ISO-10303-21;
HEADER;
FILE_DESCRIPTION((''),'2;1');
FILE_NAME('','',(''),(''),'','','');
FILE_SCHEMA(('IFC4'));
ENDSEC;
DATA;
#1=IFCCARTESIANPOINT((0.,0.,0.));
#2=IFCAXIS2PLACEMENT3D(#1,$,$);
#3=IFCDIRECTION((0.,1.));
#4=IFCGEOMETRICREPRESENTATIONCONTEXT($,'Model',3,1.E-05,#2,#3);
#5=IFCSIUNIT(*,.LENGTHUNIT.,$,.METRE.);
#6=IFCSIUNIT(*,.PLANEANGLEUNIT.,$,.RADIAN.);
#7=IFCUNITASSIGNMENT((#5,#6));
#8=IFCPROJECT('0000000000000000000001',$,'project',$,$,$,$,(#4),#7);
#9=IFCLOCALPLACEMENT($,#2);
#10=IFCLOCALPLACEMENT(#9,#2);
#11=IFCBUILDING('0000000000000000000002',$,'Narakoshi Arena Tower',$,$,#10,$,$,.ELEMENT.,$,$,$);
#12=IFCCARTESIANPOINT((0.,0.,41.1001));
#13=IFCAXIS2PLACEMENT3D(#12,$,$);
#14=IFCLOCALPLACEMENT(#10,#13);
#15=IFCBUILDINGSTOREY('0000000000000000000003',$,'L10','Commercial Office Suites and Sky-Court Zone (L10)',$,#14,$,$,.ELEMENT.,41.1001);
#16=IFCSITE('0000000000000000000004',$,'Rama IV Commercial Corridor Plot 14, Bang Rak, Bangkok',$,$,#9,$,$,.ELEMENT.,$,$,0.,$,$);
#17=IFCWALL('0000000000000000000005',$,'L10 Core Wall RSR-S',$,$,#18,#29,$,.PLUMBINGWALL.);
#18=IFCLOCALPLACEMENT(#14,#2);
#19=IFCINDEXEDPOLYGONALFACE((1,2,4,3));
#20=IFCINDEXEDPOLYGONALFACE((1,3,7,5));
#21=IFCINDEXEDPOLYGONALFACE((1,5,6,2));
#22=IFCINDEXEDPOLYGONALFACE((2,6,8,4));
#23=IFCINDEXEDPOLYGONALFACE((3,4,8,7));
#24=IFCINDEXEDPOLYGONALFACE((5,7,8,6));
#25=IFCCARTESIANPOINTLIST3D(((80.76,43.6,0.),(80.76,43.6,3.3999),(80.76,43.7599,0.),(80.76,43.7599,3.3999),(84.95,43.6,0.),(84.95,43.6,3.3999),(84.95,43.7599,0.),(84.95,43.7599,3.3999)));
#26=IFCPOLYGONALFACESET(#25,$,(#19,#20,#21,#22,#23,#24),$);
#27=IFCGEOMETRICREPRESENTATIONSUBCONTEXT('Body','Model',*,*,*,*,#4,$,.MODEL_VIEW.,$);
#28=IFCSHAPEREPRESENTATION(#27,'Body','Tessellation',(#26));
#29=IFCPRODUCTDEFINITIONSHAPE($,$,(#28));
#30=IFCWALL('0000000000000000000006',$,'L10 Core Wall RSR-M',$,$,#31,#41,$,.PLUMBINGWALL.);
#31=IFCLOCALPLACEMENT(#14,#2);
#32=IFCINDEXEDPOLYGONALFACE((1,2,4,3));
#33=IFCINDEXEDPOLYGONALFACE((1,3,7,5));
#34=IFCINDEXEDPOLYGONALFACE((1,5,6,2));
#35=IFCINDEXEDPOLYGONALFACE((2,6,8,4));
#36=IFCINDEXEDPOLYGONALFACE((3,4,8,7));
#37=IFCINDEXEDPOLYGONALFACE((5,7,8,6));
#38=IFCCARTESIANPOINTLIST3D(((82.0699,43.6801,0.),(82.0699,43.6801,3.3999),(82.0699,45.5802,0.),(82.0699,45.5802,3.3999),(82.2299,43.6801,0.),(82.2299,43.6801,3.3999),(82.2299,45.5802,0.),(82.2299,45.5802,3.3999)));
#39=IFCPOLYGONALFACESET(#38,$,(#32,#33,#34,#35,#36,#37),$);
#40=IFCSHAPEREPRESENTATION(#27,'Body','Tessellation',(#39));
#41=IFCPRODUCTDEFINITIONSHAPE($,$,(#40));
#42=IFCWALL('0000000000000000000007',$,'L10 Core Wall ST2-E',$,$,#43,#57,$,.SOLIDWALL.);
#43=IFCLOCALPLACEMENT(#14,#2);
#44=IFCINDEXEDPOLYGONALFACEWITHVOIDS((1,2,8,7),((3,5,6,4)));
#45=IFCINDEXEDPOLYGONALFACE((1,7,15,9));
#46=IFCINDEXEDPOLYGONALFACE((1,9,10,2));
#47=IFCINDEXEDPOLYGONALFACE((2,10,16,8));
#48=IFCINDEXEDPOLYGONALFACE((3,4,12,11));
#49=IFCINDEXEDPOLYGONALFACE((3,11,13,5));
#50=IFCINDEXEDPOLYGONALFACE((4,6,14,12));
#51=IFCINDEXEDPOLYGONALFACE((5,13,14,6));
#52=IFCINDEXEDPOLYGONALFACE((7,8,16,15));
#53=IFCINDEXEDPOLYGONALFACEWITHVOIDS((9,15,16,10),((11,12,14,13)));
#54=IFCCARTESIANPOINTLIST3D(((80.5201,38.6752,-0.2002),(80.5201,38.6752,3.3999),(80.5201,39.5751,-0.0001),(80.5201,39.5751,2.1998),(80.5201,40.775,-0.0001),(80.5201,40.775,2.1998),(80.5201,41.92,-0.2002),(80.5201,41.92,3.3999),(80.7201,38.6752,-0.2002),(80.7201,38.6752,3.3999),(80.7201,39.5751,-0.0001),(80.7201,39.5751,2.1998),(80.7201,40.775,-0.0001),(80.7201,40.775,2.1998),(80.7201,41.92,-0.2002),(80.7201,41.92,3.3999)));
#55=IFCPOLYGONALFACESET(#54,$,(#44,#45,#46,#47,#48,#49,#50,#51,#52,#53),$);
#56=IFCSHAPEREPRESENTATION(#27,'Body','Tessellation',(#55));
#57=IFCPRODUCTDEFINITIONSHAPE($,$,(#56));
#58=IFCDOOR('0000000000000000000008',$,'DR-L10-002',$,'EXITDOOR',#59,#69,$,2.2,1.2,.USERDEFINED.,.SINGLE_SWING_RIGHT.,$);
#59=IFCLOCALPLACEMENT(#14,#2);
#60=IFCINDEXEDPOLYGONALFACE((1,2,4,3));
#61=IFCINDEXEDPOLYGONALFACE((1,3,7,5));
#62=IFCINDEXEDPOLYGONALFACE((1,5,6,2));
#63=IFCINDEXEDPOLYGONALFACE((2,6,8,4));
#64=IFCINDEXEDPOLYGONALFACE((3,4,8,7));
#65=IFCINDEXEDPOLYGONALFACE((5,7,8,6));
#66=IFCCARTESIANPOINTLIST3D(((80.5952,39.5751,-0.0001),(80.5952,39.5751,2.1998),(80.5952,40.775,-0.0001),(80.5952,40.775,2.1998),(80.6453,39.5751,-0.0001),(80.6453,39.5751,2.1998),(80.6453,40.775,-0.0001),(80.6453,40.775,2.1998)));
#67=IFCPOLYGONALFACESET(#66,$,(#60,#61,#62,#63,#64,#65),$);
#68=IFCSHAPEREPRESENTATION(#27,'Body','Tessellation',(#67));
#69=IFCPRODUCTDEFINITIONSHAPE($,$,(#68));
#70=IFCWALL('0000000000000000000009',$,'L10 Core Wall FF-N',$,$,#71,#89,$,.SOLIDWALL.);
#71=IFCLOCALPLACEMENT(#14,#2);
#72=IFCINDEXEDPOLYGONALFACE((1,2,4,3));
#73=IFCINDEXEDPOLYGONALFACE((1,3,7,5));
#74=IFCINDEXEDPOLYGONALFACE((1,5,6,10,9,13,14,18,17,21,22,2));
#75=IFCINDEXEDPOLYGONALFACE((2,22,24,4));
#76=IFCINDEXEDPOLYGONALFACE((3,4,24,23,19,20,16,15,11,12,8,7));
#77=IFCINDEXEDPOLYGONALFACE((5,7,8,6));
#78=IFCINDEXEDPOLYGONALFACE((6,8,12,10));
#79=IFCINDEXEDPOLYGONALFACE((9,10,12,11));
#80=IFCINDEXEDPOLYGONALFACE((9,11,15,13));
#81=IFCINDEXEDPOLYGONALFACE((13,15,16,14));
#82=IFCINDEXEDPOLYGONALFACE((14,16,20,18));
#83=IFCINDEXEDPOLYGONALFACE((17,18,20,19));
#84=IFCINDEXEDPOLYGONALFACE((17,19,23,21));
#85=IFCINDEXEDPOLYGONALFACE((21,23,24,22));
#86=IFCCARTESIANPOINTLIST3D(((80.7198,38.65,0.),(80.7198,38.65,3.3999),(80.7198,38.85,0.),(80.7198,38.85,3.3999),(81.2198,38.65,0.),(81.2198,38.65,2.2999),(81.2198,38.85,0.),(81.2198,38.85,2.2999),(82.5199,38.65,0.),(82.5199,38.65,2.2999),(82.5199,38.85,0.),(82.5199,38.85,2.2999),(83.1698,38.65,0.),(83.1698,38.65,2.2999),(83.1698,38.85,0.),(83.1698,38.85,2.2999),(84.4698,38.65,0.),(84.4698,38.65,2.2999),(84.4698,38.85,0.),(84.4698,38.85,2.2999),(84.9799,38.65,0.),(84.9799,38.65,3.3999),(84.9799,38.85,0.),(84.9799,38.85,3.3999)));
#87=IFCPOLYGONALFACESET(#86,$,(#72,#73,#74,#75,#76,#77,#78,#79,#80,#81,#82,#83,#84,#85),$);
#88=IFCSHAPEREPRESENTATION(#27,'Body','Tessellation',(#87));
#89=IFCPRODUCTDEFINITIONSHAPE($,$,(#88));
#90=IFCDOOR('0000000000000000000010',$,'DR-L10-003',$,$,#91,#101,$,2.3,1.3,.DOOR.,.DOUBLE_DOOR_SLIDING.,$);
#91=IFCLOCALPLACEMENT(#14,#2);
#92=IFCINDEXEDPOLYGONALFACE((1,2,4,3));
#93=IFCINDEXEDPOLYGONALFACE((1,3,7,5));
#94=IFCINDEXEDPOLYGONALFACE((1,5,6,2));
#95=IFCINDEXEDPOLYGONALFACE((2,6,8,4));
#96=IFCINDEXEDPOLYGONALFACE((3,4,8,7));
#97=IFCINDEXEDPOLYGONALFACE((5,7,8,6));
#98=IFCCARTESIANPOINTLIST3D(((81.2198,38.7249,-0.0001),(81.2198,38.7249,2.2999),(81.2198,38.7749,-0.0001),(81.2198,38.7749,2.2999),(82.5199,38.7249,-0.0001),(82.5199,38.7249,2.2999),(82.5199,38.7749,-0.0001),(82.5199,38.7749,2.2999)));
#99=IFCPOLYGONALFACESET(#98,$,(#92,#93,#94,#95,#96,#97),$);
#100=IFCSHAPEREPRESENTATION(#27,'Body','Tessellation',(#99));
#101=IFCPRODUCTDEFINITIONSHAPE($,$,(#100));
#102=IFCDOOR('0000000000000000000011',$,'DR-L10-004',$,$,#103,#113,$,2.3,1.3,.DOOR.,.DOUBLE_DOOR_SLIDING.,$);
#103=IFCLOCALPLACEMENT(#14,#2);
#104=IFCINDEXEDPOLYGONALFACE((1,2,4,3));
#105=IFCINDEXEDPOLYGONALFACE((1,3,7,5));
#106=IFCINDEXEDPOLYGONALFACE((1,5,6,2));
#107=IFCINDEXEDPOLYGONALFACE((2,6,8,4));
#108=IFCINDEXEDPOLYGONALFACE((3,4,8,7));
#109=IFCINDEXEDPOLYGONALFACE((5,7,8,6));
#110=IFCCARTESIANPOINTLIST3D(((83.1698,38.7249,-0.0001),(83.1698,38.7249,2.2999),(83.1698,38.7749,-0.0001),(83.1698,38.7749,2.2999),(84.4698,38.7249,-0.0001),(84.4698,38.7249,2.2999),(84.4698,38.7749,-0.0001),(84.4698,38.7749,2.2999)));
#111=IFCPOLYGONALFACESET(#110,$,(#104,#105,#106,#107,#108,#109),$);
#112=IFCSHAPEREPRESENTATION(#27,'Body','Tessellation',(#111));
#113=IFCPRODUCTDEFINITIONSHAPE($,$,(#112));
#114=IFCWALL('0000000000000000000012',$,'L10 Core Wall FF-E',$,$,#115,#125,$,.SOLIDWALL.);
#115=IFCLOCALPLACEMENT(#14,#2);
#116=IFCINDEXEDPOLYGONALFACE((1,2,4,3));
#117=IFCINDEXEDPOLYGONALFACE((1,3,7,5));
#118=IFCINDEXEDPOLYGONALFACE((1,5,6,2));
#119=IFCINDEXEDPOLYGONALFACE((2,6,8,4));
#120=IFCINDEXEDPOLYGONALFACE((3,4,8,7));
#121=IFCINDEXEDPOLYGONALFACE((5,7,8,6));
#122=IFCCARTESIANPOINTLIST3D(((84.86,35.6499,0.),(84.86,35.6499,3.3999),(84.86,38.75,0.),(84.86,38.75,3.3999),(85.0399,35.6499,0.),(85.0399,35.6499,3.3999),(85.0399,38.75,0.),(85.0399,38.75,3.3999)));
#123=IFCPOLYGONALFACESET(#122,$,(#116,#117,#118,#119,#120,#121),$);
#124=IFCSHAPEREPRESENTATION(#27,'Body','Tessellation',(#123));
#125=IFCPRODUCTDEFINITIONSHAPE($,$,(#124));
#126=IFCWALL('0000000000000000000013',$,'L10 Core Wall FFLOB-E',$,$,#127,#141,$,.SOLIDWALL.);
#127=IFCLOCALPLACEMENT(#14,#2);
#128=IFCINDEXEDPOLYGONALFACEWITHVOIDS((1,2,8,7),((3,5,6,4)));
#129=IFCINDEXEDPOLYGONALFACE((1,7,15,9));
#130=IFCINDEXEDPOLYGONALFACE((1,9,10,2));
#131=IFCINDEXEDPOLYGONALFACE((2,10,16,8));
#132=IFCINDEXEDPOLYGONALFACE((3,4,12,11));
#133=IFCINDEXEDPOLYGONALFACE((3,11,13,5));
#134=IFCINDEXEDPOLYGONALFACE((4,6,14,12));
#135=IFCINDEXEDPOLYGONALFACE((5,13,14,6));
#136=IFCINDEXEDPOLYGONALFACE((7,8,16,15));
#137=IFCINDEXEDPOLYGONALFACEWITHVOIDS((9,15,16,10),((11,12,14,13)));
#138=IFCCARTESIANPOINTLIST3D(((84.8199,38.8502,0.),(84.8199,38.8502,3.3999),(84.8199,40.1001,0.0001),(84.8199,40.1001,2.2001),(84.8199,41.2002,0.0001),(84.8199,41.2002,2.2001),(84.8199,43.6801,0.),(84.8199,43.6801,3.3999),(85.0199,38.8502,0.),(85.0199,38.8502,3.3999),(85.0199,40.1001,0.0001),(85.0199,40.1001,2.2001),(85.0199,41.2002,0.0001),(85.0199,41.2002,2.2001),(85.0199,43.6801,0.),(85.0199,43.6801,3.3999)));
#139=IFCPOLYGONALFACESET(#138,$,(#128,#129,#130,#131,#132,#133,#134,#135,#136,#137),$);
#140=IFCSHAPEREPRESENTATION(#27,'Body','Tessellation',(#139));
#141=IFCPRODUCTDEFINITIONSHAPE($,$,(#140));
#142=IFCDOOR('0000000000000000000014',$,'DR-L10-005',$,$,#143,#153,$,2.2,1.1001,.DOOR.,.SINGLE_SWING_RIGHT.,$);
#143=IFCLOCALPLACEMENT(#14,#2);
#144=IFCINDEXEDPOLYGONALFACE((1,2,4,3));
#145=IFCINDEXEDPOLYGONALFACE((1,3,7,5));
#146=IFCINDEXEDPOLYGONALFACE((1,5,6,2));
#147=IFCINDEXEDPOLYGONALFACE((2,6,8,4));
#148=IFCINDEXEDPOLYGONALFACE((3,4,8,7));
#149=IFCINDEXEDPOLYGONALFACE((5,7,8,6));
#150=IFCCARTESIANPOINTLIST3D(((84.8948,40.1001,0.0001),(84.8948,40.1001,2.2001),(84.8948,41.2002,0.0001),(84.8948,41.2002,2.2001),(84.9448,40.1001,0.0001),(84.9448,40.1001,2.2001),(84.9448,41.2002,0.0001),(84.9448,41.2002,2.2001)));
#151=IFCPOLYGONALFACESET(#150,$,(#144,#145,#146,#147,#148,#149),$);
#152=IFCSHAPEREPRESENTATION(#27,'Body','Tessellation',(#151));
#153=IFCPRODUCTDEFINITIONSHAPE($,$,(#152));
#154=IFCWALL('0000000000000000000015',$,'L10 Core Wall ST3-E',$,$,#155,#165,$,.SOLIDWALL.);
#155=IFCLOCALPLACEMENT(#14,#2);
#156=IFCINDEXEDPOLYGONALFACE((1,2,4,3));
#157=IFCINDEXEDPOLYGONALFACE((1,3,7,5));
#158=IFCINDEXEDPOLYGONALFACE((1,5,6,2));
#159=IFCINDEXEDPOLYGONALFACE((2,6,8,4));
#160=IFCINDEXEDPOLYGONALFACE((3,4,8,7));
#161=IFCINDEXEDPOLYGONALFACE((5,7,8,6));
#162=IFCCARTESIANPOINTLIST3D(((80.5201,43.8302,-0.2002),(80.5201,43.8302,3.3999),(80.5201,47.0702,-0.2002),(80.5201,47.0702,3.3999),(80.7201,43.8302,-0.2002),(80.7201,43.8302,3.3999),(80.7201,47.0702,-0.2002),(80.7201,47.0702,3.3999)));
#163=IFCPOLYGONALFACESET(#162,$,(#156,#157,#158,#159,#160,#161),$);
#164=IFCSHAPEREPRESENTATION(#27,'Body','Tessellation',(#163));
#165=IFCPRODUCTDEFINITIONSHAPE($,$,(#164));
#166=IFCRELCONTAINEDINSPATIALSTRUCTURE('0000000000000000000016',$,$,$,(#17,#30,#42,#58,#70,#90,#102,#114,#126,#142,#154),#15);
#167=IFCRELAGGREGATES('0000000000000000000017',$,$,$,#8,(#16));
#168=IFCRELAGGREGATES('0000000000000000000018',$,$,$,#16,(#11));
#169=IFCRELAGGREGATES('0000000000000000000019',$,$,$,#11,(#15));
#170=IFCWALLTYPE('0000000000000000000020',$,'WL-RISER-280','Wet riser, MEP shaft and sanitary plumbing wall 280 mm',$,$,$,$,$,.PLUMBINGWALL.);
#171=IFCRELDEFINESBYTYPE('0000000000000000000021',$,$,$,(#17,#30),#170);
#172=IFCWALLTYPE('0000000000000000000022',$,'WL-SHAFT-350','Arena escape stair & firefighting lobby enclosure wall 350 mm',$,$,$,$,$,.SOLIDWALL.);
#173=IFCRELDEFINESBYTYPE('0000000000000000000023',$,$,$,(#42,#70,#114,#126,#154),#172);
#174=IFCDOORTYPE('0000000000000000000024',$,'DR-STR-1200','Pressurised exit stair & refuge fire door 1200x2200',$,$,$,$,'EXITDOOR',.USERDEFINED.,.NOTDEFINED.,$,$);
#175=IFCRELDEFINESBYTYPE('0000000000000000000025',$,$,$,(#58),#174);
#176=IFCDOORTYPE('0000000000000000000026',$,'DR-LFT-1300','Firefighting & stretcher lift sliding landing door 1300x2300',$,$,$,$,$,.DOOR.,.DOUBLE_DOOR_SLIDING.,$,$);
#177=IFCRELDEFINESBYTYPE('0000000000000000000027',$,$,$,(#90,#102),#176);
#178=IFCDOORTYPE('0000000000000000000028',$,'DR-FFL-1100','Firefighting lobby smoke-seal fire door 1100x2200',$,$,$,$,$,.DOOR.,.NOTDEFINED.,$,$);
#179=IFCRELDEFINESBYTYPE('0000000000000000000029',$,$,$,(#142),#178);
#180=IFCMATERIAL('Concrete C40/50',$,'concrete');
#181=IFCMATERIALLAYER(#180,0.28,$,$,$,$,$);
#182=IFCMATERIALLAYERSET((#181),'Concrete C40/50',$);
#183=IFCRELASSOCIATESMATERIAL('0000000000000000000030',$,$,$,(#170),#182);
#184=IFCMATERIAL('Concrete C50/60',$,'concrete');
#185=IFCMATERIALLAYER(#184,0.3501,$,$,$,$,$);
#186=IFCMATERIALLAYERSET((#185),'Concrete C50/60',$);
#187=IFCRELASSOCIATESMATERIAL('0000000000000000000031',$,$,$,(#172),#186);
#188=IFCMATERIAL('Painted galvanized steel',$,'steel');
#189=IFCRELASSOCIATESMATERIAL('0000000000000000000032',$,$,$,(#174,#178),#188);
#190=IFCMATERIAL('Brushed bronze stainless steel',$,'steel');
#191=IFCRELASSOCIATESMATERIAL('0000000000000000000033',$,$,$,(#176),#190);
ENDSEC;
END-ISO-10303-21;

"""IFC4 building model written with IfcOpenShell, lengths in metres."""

from ifc_helpers import new_model, si_unit, direction, frame, frame_2d, origin, place, context, subcontext, project, spatial, rectangle, extrude, material, layer, layer_set, type_object, element, fill, save


model = new_model("IFC4")

# Units and contexts
model_context = context("Model", 3, precision=1e-05, world=origin(), true_north=direction((0.0, 1.0)))
body_context = subcontext(model_context, "Body", "Model", "MODEL_VIEW")
ifc_project = project(units=[si_unit("LENGTHUNIT", "METRE"), si_unit("PLANEANGLEUNIT", "RADIAN")], contexts=[model_context])

# Site, building, storey
site_placement = place(None, origin())
site = spatial("IfcSite", under=ifc_project, at=site_placement, Name="Rama IV Commercial Corridor Plot 14, Bang Rak, Bangkok", CompositionType="ELEMENT", RefElevation=0.0)
building_placement = place(site_placement, origin())
building = spatial("IfcBuilding", under=site, at=building_placement, Name="Narakoshi Arena Tower", CompositionType="ELEMENT")
storey_placement = place(building_placement, frame((0.0, 0.0, 41.1001)))
storey = spatial("IfcBuildingStorey", under=building, at=storey_placement, Name="L10", Description="Commercial Office Suites and Sky-Court Zone (L10)", CompositionType="ELEMENT", Elevation=41.1001)

# Walls
ifc_material_1 = material(Name="Concrete C40/50", Category="concrete")
ifc_layer_1 = layer(ifc_material_1, 0.28)
ifc_layer_set_1 = layer_set([ifc_layer_1], Name="Concrete C40/50")
wall_type_1 = type_object("IfcWallType", Name="WL-RISER-280", Description="Wet riser, MEP shaft and sanitary plumbing wall 280 mm", PredefinedType="PLUMBINGWALL", material=ifc_layer_set_1)
wall_1_placement = place(storey_placement, frame((80.76, 43.6799, 0.0), z_axis=(0.0, 0.0, 1.0), x_axis=(1.0, 0.0, 0.0)))
element("IfcWall", 1, at=wall_1_placement, inside=storey, type_object=wall_type_1, Name="L10 Core Wall RSR-S", PredefinedType="PLUMBINGWALL", context=body_context, shape_type="SweptSolid", body=[
    extrude(rectangle(XDim=4.1899, YDim=0.1599, at=frame_2d((2.095, 0.0))), origin(), (0.0, 0.0, 1.0), 3.3999),
])
wall_2_placement = place(storey_placement, frame((82.1499, 43.6799, 0.0), z_axis=(0.0, 0.0, 1.0), x_axis=(0.0, 1.0, 0.0)))
element("IfcWall", 2, at=wall_2_placement, inside=storey, type_object=wall_type_1, Name="L10 Core Wall RSR-M", PredefinedType="PLUMBINGWALL", context=body_context, shape_type="SweptSolid", body=[
    extrude(rectangle(XDim=1.9001, YDim=0.1599, at=frame_2d((0.9502, 0.0))), origin(), (0.0, 0.0, 1.0), 3.3999),
])

# Wall, opening, door
ifc_material_2 = material(Name="Concrete C50/60", Category="concrete")
ifc_layer_2 = layer(ifc_material_2, 0.3501)
ifc_layer_set_2 = layer_set([ifc_layer_2], Name="Concrete C50/60")
wall_type_2 = type_object("IfcWallType", Name="WL-SHAFT-350", Description="Arena escape stair & firefighting lobby enclosure wall 350 mm", PredefinedType="SOLIDWALL", material=ifc_layer_set_2)
wall_3_placement = place(storey_placement, frame((80.6201, 38.675, -0.2002), z_axis=(0.0, 0.0, 1.0), x_axis=(0.0, 1.0, 0.0)))
wall_3 = element("IfcWall", 3, at=wall_3_placement, inside=storey, type_object=wall_type_2, Name="L10 Core Wall ST2-E", PredefinedType="SOLIDWALL", context=body_context, shape_type="SweptSolid", body=[
    extrude(rectangle(XDim=3.2449, YDim=0.2, at=frame_2d((1.6226, 0.0))), origin(), (0.0, 0.0, 1.0), 3.6001),
])
opening_1_placement = place(wall_3_placement, frame((0.8999, 0.0, 0.2)))
opening_1 = element("IfcOpeningElement", 4, at=opening_1_placement, cuts=wall_3, PredefinedType="OPENING", context=body_context, shape_type="SweptSolid", body=[
    extrude(rectangle(XDim=1.2, YDim=2.2, at=frame_2d((0.6001, 1.1001))), frame((0.0, 0.1099, 0.0), z_axis=(0.0, -1.0, 0.0), x_axis=(1.0, 0.0, 0.0)), (0.0, 0.0, 1.0), 0.22),
])
ifc_material_3 = material(Name="Painted galvanized steel", Category="steel")
door_type_1 = type_object("IfcDoorType", Name="DR-STR-1200", Description="Pressurised exit stair & refuge fire door 1200x2200", ElementType="EXITDOOR", OperationType="NOTDEFINED", PredefinedType="USERDEFINED", material=ifc_material_3)
door_1_placement = place(opening_1_placement, origin())
door_1 = element("IfcDoor", 5, at=door_1_placement, inside=storey, type_object=door_type_1, Name="DR-L10-002", ObjectType="EXITDOOR", OperationType="SINGLE_SWING_RIGHT", OverallHeight=2.2, OverallWidth=1.2, PredefinedType="USERDEFINED", context=body_context, shape_type="SweptSolid", body=[
    extrude(rectangle(XDim=1.2, YDim=2.2, at=frame_2d((0.6001, 1.1001))), frame((0.0, 0.0249, 0.0), z_axis=(0.0, -1.0, 0.0), x_axis=(1.0, 0.0, 0.0)), (0.0, 0.0, 1.0), 0.05),
])
fill(opening_1, door_1)

# Wall, openings, doors
wall_4_placement = place(storey_placement, frame((80.72, 38.75, 0.0), z_axis=(0.0, 0.0, 1.0), x_axis=(1.0, 0.0, 0.0)))
wall_4 = element("IfcWall", 6, at=wall_4_placement, inside=storey, type_object=wall_type_2, Name="L10 Core Wall FF-N", PredefinedType="SOLIDWALL", context=body_context, shape_type="SweptSolid", body=[
    extrude(rectangle(XDim=4.26, YDim=0.2, at=frame_2d((2.1299, 0.0))), origin(), (0.0, 0.0, 1.0), 3.3999),
])
opening_2_placement = place(wall_4_placement, frame((0.5, 0.0, 0.0)))
opening_2 = element("IfcOpeningElement", 7, at=opening_2_placement, cuts=wall_4, PredefinedType="OPENING", context=body_context, shape_type="SweptSolid", body=[
    extrude(rectangle(XDim=1.3, YDim=2.3, at=frame_2d((0.6499, 1.1499))), frame((0.0, 0.1099, 0.0), z_axis=(0.0, -1.0, 0.0), x_axis=(1.0, 0.0, 0.0)), (0.0, 0.0, 1.0), 0.22),
])
opening_3_placement = place(wall_4_placement, frame((2.45, 0.0, 0.0)))
opening_3 = element("IfcOpeningElement", 8, at=opening_3_placement, cuts=wall_4, PredefinedType="OPENING", context=body_context, shape_type="SweptSolid", body=[
    extrude(rectangle(XDim=1.3, YDim=2.3, at=frame_2d((0.6499, 1.1499))), frame((0.0, 0.1099, 0.0), z_axis=(0.0, -1.0, 0.0), x_axis=(1.0, 0.0, 0.0)), (0.0, 0.0, 1.0), 0.22),
])
ifc_material_4 = material(Name="Brushed bronze stainless steel", Category="steel")
door_type_2 = type_object("IfcDoorType", Name="DR-LFT-1300", Description="Firefighting & stretcher lift sliding landing door 1300x2300", OperationType="DOUBLE_DOOR_SLIDING", PredefinedType="DOOR", material=ifc_material_4)
door_2_placement = place(opening_2_placement, origin())
door_2 = element("IfcDoor", 9, at=door_2_placement, inside=storey, type_object=door_type_2, Name="DR-L10-003", OperationType="DOUBLE_DOOR_SLIDING", OverallHeight=2.3, OverallWidth=1.3, PredefinedType="DOOR", context=body_context, shape_type="SweptSolid", body=[
    extrude(rectangle(XDim=1.3, YDim=2.3, at=frame_2d((0.6499, 1.1499))), frame((0.0, 0.0249, 0.0), z_axis=(0.0, -1.0, 0.0), x_axis=(1.0, 0.0, 0.0)), (0.0, 0.0, 1.0), 0.05),
])
fill(opening_2, door_2)
door_3_placement = place(opening_3_placement, origin())
door_3 = element("IfcDoor", 10, at=door_3_placement, inside=storey, type_object=door_type_2, Name="DR-L10-004", OperationType="DOUBLE_DOOR_SLIDING", OverallHeight=2.3, OverallWidth=1.3, PredefinedType="DOOR", context=body_context, shape_type="SweptSolid", body=[
    extrude(rectangle(XDim=1.3, YDim=2.3, at=frame_2d((0.6499, 1.1499))), frame((0.0, 0.0249, 0.0), z_axis=(0.0, -1.0, 0.0), x_axis=(1.0, 0.0, 0.0)), (0.0, 0.0, 1.0), 0.05),
])
fill(opening_3, door_3)

# Wall
wall_5_placement = place(storey_placement, frame((84.95, 35.6499, 0.0), z_axis=(0.0, 0.0, 1.0), x_axis=(0.0, 1.0, 0.0)))
element("IfcWall", 11, at=wall_5_placement, inside=storey, type_object=wall_type_2, Name="L10 Core Wall FF-E", PredefinedType="SOLIDWALL", context=body_context, shape_type="SweptSolid", body=[
    extrude(rectangle(XDim=3.1001, YDim=0.1799, at=frame_2d((1.55, 0.0))), origin(), (0.0, 0.0, 1.0), 3.3999),
])

# Wall, opening, door
wall_6_placement = place(storey_placement, frame((84.9199, 38.8501, 0.0), z_axis=(0.0, 0.0, 1.0), x_axis=(0.0, 1.0, 0.0)))
wall_6 = element("IfcWall", 12, at=wall_6_placement, inside=storey, type_object=wall_type_2, Name="L10 Core Wall FFLOB-E", PredefinedType="SOLIDWALL", context=body_context, shape_type="SweptSolid", body=[
    extrude(rectangle(XDim=4.8298, YDim=0.2, at=frame_2d((2.415, 0.0))), origin(), (0.0, 0.0, 1.0), 3.3999),
])
opening_4_placement = place(wall_6_placement, frame((1.25, 0.0, 0.0)))
opening_4 = element("IfcOpeningElement", 13, at=opening_4_placement, cuts=wall_6, PredefinedType="OPENING", context=body_context, shape_type="SweptSolid", body=[
    extrude(rectangle(XDim=1.1001, YDim=2.2, at=frame_2d((0.55, 1.1001))), frame((0.0, 0.1099, 0.0), z_axis=(0.0, -1.0, 0.0), x_axis=(1.0, 0.0, 0.0)), (0.0, 0.0, 1.0), 0.22),
])
door_type_3 = type_object("IfcDoorType", Name="DR-FFL-1100", Description="Firefighting lobby smoke-seal fire door 1100x2200", OperationType="NOTDEFINED", PredefinedType="DOOR", material=ifc_material_3)
door_4_placement = place(opening_4_placement, frame((1.1001, 0.0, 0.0), z_axis=(0.0, 0.0, 1.0), x_axis=(-1.0, 0.0, 0.0)))
door_4 = element("IfcDoor", 14, at=door_4_placement, inside=storey, type_object=door_type_3, Name="DR-L10-005", OperationType="SINGLE_SWING_RIGHT", OverallHeight=2.2, OverallWidth=1.1001, PredefinedType="DOOR", context=body_context, shape_type="SweptSolid", body=[
    extrude(rectangle(XDim=1.1001, YDim=2.2, at=frame_2d((0.55, 1.1001))), frame((0.0, 0.0249, 0.0), z_axis=(0.0, -1.0, 0.0), x_axis=(1.0, 0.0, 0.0)), (0.0, 0.0, 1.0), 0.05),
])
fill(opening_4, door_4)

# Wall
wall_7_placement = place(storey_placement, frame((80.6201, 43.8301, -0.2002), z_axis=(0.0, 0.0, 1.0), x_axis=(0.0, 1.0, 0.0)))
element("IfcWall", 15, at=wall_7_placement, inside=storey, type_object=wall_type_2, Name="L10 Core Wall ST3-E", PredefinedType="SOLIDWALL", context=body_context, shape_type="SweptSolid", body=[
    extrude(rectangle(XDim=3.24, YDim=0.2, at=frame_2d((1.6201, 0.0))), origin(), (0.0, 0.0, 1.0), 3.6001),
])

save(model, "model.ifc")
